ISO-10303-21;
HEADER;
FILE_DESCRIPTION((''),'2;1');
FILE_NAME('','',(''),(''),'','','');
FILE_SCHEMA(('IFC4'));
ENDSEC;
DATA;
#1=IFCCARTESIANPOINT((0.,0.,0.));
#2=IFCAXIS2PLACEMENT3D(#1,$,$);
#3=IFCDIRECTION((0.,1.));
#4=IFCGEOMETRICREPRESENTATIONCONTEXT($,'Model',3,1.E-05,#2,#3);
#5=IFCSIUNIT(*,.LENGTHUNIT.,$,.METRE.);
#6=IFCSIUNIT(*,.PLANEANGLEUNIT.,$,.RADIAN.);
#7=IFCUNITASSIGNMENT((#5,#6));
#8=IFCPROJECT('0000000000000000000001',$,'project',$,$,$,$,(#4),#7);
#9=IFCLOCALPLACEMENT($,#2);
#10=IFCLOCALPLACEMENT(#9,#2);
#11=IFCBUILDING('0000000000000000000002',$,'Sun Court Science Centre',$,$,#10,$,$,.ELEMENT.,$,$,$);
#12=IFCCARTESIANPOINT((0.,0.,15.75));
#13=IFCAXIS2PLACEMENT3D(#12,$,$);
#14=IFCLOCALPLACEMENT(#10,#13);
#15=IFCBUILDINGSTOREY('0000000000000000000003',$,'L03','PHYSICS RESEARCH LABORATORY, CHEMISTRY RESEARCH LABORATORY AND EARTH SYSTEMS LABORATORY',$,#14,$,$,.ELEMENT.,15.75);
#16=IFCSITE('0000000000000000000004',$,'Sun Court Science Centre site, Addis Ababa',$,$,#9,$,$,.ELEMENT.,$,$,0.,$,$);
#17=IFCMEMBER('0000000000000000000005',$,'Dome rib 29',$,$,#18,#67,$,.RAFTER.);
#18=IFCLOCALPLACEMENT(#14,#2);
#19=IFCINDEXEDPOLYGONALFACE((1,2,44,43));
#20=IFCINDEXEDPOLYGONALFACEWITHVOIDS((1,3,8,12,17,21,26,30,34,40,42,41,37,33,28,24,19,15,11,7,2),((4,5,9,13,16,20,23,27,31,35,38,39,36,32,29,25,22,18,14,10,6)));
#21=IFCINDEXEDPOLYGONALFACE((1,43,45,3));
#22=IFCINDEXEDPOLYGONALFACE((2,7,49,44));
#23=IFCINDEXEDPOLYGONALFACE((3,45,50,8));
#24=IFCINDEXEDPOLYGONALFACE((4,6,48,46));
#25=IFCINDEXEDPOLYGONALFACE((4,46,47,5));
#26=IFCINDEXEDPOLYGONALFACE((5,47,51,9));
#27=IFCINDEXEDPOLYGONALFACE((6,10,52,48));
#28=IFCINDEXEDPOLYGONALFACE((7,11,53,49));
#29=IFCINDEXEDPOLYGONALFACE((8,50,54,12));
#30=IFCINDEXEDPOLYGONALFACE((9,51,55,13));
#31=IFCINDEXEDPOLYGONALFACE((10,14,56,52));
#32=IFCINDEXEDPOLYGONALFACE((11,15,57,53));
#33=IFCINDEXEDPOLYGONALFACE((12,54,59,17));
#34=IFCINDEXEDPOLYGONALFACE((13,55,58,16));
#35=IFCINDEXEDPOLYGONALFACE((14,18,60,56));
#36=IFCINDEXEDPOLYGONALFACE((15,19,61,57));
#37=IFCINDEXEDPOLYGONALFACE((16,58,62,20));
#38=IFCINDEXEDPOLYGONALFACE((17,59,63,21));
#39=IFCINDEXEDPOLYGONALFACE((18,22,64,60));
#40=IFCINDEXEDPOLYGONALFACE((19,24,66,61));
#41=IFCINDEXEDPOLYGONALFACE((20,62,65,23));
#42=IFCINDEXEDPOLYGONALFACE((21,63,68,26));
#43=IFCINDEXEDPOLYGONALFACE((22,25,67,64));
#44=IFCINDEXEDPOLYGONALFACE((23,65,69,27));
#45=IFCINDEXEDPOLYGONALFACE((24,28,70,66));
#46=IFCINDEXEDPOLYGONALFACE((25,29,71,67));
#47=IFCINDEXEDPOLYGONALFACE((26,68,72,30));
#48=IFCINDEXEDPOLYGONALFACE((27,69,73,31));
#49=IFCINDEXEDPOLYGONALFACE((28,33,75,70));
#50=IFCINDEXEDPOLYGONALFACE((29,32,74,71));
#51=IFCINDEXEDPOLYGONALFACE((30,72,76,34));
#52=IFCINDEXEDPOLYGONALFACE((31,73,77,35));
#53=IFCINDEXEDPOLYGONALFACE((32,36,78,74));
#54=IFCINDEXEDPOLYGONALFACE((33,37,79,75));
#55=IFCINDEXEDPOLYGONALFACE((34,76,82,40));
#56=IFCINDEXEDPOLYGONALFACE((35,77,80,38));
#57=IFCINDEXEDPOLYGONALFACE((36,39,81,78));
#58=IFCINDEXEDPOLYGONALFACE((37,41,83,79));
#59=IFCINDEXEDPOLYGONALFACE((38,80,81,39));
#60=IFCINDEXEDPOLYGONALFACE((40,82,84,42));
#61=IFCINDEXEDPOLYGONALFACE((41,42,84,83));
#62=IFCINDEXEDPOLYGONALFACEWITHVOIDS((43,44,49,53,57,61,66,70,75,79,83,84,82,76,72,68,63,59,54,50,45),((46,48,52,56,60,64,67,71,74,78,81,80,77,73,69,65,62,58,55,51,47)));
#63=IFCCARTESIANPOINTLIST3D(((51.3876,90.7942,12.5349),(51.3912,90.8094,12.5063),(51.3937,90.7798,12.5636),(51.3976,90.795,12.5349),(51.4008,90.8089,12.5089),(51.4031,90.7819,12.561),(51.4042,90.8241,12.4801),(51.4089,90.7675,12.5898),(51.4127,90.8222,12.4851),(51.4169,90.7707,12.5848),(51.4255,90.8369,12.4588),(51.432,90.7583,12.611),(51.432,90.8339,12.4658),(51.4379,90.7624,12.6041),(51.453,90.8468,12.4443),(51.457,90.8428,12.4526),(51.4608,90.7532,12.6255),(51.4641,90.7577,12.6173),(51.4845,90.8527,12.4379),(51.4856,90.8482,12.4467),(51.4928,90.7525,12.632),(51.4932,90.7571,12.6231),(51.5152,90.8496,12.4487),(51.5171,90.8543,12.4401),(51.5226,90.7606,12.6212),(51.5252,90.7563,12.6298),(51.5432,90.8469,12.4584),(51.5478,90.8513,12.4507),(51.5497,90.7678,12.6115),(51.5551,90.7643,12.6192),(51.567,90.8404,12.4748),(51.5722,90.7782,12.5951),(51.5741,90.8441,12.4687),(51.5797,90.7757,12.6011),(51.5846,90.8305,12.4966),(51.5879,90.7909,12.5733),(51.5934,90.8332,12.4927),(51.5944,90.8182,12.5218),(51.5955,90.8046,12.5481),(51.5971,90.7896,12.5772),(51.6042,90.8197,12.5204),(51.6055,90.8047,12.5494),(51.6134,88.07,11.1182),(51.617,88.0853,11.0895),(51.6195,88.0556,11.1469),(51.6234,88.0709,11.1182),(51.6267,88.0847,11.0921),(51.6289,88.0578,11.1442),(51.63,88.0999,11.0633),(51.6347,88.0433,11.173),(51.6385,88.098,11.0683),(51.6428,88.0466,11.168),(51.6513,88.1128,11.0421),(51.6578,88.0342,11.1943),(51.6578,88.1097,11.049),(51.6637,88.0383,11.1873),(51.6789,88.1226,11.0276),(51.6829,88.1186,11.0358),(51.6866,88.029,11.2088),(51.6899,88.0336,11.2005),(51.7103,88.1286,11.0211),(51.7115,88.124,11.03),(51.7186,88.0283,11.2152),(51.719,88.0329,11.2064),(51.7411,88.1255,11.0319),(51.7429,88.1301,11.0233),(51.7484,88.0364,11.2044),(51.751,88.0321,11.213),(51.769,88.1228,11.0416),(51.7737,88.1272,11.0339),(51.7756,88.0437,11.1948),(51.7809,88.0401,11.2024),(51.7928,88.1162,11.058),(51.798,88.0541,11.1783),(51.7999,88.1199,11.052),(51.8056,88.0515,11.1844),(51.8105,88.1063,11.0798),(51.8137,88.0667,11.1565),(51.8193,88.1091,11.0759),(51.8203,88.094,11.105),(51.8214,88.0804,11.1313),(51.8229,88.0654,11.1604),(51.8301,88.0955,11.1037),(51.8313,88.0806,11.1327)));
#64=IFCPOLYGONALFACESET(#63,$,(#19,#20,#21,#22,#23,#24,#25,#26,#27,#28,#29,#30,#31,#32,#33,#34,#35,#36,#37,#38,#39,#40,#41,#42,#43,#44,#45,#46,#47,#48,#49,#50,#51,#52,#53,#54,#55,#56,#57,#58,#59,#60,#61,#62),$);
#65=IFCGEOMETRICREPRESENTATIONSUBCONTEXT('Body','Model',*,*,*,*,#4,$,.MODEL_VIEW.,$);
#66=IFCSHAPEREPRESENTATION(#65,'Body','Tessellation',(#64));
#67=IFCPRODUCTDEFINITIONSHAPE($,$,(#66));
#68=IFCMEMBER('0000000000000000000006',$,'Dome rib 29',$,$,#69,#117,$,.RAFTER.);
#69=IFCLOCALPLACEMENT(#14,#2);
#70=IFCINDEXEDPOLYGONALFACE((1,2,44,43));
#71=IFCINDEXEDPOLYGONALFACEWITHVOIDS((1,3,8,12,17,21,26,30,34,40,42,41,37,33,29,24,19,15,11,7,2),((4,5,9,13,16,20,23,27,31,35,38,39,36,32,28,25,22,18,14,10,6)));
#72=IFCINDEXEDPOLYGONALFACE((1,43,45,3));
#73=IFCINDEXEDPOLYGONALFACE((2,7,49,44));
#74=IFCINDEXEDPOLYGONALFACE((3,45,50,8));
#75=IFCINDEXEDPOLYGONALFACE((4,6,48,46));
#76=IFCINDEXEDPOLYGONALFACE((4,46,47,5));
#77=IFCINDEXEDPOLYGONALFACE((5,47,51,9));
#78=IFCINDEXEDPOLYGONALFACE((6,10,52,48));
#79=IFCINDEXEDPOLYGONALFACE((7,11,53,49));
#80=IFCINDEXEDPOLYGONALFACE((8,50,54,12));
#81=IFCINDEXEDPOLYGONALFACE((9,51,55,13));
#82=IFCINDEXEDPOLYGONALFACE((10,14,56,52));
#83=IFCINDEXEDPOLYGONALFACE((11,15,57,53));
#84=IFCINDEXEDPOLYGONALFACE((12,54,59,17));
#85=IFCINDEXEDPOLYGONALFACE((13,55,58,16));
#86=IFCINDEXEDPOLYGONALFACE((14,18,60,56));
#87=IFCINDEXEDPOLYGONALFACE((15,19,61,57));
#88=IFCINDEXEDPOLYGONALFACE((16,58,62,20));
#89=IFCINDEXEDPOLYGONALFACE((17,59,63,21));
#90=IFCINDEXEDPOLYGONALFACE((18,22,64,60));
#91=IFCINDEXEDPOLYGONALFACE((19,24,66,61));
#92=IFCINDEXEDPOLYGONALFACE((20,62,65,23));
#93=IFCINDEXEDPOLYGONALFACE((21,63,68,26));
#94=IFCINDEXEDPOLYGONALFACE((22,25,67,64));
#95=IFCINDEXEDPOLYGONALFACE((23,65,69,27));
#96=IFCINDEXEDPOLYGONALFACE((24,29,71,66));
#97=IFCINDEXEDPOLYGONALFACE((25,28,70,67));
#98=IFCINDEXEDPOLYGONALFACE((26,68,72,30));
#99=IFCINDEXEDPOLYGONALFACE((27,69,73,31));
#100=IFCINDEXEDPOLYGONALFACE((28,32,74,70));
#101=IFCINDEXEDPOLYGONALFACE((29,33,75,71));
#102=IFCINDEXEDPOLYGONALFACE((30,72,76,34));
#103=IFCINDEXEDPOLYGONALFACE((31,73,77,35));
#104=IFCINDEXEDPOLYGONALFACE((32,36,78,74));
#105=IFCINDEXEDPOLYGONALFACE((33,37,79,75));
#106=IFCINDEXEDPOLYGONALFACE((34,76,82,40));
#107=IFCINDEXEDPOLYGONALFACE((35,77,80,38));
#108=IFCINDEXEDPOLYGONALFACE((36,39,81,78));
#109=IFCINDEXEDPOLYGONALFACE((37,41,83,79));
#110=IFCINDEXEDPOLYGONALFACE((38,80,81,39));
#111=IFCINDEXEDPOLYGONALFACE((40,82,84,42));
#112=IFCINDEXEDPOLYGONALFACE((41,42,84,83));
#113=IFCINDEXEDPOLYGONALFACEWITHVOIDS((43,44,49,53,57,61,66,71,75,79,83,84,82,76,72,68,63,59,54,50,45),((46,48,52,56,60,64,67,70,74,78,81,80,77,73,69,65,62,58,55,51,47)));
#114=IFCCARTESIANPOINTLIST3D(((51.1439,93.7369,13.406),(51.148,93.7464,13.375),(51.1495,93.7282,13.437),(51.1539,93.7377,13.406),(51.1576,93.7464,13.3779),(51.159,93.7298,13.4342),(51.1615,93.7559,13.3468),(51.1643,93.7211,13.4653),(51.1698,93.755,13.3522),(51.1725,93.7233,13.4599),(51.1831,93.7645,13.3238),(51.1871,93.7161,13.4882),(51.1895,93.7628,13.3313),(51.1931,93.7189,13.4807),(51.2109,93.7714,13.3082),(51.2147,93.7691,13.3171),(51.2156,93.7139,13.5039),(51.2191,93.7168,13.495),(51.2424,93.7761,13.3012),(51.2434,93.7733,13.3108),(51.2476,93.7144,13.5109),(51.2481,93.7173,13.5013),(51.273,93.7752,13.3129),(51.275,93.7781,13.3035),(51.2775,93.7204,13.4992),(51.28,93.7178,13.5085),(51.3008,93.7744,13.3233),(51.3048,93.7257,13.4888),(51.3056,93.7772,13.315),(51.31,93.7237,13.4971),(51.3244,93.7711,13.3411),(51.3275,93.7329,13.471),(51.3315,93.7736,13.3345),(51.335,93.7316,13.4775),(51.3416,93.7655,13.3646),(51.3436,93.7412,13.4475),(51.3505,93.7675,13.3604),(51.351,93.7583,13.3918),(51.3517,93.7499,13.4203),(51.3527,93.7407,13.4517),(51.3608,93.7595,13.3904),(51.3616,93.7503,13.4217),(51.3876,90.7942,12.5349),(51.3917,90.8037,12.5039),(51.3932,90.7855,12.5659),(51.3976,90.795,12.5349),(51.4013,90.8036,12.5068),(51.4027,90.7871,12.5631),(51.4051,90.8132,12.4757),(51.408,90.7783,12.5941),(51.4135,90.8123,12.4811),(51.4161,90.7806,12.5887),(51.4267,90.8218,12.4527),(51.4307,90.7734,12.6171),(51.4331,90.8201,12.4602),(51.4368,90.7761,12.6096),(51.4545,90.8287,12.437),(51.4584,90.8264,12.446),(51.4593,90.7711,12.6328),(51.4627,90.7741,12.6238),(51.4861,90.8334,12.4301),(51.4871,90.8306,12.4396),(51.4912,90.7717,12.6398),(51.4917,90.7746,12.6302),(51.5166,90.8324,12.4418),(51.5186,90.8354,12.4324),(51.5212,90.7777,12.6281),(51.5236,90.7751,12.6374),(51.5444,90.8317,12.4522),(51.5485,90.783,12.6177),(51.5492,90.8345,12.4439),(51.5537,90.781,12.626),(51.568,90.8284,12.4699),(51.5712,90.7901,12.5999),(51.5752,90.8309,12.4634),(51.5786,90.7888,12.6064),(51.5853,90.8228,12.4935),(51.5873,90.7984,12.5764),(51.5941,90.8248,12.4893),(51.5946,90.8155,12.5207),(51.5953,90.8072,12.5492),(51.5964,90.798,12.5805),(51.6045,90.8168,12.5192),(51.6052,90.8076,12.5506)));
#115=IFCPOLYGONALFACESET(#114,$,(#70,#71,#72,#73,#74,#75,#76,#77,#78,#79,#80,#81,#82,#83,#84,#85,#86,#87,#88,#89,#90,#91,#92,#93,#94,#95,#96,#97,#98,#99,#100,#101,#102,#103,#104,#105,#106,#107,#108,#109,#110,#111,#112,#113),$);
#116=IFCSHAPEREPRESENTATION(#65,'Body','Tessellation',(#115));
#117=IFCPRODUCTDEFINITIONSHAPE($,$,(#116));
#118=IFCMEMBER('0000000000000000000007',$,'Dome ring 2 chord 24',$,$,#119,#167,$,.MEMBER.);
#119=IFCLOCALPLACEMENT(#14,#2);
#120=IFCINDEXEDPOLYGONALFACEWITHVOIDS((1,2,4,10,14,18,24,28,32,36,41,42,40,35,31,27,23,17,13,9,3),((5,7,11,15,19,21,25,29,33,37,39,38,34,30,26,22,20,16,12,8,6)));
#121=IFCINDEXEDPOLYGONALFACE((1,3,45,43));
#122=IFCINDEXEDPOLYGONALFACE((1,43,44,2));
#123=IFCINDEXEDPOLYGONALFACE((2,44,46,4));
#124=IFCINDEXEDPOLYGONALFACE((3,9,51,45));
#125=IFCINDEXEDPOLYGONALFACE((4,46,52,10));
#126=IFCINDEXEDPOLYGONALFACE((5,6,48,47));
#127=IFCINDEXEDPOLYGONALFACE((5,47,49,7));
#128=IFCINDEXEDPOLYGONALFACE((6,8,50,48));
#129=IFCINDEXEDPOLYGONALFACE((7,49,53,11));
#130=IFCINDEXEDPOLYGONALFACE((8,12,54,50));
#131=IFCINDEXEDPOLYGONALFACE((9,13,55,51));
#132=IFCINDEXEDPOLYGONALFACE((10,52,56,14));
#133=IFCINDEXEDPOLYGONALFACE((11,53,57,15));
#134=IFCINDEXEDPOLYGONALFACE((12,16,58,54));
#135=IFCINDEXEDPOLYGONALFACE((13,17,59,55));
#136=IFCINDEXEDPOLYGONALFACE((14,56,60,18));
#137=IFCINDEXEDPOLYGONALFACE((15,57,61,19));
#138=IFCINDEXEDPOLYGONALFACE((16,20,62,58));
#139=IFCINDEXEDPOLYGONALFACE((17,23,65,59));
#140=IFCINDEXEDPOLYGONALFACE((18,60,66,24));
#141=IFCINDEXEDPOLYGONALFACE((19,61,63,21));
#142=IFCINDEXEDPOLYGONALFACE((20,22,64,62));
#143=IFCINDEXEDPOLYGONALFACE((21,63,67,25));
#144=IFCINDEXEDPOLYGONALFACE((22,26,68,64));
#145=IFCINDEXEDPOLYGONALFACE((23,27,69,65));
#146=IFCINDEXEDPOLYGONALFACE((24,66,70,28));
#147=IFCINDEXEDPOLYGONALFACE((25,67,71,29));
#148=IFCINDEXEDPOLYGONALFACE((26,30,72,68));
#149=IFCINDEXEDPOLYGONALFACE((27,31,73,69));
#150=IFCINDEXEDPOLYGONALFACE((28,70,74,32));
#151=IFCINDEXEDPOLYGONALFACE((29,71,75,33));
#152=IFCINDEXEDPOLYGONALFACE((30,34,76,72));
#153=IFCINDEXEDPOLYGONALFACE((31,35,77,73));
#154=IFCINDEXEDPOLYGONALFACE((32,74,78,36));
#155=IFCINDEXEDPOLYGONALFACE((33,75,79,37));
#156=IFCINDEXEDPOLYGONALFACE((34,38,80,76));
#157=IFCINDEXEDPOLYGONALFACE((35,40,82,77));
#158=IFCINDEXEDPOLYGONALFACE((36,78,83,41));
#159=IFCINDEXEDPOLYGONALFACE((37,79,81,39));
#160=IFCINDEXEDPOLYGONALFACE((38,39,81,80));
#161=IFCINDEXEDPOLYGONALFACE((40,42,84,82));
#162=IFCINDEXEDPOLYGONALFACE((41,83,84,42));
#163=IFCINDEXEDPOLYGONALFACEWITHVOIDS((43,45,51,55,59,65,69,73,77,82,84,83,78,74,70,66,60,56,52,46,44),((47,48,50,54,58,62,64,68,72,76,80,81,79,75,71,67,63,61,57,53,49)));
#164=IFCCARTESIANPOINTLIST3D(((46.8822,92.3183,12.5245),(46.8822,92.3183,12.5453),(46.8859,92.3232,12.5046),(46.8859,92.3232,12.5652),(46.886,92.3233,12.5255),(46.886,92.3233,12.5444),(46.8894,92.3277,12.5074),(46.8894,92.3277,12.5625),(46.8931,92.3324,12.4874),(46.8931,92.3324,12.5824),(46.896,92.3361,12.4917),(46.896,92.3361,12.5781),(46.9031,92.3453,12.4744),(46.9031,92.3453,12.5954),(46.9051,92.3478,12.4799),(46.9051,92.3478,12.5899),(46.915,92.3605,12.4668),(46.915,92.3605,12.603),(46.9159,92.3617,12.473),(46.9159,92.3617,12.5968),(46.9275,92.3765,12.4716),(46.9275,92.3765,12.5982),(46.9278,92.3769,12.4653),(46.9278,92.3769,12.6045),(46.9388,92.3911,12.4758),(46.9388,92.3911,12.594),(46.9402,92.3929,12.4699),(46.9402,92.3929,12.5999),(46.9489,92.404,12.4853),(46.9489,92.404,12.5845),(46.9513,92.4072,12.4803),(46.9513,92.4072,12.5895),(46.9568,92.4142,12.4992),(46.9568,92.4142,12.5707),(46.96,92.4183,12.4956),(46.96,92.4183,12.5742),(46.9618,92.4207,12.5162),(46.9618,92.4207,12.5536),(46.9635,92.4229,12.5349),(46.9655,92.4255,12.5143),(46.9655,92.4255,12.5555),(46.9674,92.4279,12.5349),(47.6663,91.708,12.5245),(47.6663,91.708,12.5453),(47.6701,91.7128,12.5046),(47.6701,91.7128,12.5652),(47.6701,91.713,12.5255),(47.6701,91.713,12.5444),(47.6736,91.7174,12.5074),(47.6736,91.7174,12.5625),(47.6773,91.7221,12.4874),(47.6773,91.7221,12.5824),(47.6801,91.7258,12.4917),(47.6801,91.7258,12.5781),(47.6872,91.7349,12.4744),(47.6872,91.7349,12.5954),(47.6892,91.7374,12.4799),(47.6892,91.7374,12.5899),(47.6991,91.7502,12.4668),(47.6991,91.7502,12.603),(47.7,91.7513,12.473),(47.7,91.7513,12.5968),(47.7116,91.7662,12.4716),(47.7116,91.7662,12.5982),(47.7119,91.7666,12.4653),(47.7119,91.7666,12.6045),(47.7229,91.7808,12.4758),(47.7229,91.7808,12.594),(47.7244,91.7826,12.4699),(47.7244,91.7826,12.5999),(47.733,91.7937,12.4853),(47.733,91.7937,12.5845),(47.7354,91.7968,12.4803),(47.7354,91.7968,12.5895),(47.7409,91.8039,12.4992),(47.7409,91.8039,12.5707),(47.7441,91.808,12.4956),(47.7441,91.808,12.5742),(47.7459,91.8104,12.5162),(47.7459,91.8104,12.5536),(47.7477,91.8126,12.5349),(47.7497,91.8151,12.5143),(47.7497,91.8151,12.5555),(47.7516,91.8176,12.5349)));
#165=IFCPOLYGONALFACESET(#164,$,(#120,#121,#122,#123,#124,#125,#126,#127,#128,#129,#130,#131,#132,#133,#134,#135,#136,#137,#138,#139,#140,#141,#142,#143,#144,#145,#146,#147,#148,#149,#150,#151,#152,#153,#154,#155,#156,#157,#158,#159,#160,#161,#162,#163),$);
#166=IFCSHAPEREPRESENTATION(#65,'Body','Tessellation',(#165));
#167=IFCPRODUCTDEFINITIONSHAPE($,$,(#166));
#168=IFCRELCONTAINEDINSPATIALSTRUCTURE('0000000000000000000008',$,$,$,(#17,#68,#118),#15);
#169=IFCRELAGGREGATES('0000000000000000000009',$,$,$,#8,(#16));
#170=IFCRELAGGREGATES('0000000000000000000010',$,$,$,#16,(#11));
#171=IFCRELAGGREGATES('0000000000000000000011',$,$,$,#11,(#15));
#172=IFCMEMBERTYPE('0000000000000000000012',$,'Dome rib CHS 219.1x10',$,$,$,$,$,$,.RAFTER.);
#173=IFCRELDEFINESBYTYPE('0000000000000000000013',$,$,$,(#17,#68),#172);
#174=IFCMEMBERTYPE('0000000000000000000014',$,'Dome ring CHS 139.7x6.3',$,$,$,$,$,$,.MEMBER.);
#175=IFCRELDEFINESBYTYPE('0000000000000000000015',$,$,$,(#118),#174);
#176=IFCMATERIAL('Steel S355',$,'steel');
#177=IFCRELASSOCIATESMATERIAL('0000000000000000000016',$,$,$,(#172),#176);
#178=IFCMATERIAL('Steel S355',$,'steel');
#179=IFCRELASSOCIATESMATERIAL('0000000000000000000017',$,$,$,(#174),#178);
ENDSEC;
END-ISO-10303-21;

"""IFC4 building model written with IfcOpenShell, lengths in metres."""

from ifc_helpers import new_model, si_unit, direction, frame, origin, origin_2d, place, context, subcontext, project, spatial, hollow_circle, extrude, material, material_profile, profile_set, type_object, element, save


model = new_model("IFC4")

# Units and contexts
model_context = context("Model", 3, precision=1e-05, world=origin(), true_north=direction((0.0, 1.0)))
body_context = subcontext(model_context, "Body", "Model", "MODEL_VIEW")
ifc_project = project(units=[si_unit("LENGTHUNIT", "METRE"), si_unit("PLANEANGLEUNIT", "RADIAN")], contexts=[model_context])

# Site, building, storey
site_placement = place(None, origin())
site = spatial("IfcSite", under=ifc_project, at=site_placement, Name="Sun Court Science Centre site, Addis Ababa", CompositionType="ELEMENT", RefElevation=0.0)
building_placement = place(site_placement, origin())
building = spatial("IfcBuilding", under=site, at=building_placement, Name="Sun Court Science Centre", CompositionType="ELEMENT")
storey_placement = place(building_placement, frame((0.0, 0.0, 15.75)))
storey = spatial("IfcBuildingStorey", under=building, at=storey_placement, Name="L03", Description="PHYSICS RESEARCH LABORATORY, CHEMISTRY RESEARCH LABORATORY AND EARTH SYSTEMS LABORATORY", CompositionType="ELEMENT", Elevation=15.75)

# Members
ifc_material_1 = material(Name="Steel S355", Category="steel")
ifc_material_profile_1 = material_profile(ifc_material_1, hollow_circle(Radius=0.1096, WallThickness=0.01, at=origin_2d()), Name="CHS 219.1x10")
ifc_profile_set_1 = profile_set([ifc_material_profile_1], Name="Steel S355")
member_type_1 = type_object("IfcMemberType", Name="Dome rib CHS 219.1x10", PredefinedType="RAFTER", material=ifc_profile_set_1)
for number, where, z_axis, x_axis, name in (
    (1, (51.7227, 88.0791, 11.1182), (-0.07335, 0.8848, 0.460162), (-0.996581, -0.082617, 0.0), "Dome rib 29"),
):
    element("IfcMember", number, at=place(storey_placement, frame(where, z_axis=z_axis, x_axis=x_axis)), inside=storey, type_object=member_type_1, Name=name, PredefinedType="RAFTER", context=body_context, shape_type="SweptSolid", body=[
        extrude(hollow_circle(Radius=0.1096, WallThickness=0.01, at=origin_2d()), origin(), (0.0, 0.0, 1.0), 3.0789),
    ])
member_1_placement = place(storey_placement, frame((51.4968, 90.8032, 12.5349), z_axis=(-0.079146, 0.955861, 0.28296), x_axis=(-0.99659, -0.082519, 0.0)))
element("IfcMember", 2, at=member_1_placement, inside=storey, type_object=member_type_1, Name="Dome rib 29", PredefinedType="RAFTER", context=body_context, shape_type="SweptSolid", body=[
    extrude(hollow_circle(Radius=0.1096, WallThickness=0.01, at=origin_2d()), origin(), (0.0, 0.0, 1.0), 3.0786),
])
ifc_material_2 = material(Name="Steel S355", Category="steel")
ifc_material_profile_2 = material_profile(ifc_material_2, hollow_circle(Radius=0.0698, WallThickness=0.0063, at=origin_2d()), Name="CHS 139.7x6.3")
ifc_profile_set_2 = profile_set([ifc_material_profile_2], Name="Steel S355")
member_type_2 = type_object("IfcMemberType", Name="Dome ring CHS 139.7x6.3", PredefinedType="MEMBER", material=ifc_profile_set_2)
member_2_placement = place(storey_placement, frame((46.9246, 92.3728, 12.5349), z_axis=(0.789141, -0.614213, 0.0), x_axis=(0.614213, 0.789141, 0.0)))
element("IfcMember", 3, at=member_2_placement, inside=storey, type_object=member_type_2, Name="Dome ring 2 chord 24", PredefinedType="MEMBER", context=body_context, shape_type="SweptSolid", body=[
    extrude(hollow_circle(Radius=0.0698, WallThickness=0.0063, at=origin_2d()), origin(), (0.0, 0.0, 1.0), 0.9937),
])

save(model, "model.ifc")
